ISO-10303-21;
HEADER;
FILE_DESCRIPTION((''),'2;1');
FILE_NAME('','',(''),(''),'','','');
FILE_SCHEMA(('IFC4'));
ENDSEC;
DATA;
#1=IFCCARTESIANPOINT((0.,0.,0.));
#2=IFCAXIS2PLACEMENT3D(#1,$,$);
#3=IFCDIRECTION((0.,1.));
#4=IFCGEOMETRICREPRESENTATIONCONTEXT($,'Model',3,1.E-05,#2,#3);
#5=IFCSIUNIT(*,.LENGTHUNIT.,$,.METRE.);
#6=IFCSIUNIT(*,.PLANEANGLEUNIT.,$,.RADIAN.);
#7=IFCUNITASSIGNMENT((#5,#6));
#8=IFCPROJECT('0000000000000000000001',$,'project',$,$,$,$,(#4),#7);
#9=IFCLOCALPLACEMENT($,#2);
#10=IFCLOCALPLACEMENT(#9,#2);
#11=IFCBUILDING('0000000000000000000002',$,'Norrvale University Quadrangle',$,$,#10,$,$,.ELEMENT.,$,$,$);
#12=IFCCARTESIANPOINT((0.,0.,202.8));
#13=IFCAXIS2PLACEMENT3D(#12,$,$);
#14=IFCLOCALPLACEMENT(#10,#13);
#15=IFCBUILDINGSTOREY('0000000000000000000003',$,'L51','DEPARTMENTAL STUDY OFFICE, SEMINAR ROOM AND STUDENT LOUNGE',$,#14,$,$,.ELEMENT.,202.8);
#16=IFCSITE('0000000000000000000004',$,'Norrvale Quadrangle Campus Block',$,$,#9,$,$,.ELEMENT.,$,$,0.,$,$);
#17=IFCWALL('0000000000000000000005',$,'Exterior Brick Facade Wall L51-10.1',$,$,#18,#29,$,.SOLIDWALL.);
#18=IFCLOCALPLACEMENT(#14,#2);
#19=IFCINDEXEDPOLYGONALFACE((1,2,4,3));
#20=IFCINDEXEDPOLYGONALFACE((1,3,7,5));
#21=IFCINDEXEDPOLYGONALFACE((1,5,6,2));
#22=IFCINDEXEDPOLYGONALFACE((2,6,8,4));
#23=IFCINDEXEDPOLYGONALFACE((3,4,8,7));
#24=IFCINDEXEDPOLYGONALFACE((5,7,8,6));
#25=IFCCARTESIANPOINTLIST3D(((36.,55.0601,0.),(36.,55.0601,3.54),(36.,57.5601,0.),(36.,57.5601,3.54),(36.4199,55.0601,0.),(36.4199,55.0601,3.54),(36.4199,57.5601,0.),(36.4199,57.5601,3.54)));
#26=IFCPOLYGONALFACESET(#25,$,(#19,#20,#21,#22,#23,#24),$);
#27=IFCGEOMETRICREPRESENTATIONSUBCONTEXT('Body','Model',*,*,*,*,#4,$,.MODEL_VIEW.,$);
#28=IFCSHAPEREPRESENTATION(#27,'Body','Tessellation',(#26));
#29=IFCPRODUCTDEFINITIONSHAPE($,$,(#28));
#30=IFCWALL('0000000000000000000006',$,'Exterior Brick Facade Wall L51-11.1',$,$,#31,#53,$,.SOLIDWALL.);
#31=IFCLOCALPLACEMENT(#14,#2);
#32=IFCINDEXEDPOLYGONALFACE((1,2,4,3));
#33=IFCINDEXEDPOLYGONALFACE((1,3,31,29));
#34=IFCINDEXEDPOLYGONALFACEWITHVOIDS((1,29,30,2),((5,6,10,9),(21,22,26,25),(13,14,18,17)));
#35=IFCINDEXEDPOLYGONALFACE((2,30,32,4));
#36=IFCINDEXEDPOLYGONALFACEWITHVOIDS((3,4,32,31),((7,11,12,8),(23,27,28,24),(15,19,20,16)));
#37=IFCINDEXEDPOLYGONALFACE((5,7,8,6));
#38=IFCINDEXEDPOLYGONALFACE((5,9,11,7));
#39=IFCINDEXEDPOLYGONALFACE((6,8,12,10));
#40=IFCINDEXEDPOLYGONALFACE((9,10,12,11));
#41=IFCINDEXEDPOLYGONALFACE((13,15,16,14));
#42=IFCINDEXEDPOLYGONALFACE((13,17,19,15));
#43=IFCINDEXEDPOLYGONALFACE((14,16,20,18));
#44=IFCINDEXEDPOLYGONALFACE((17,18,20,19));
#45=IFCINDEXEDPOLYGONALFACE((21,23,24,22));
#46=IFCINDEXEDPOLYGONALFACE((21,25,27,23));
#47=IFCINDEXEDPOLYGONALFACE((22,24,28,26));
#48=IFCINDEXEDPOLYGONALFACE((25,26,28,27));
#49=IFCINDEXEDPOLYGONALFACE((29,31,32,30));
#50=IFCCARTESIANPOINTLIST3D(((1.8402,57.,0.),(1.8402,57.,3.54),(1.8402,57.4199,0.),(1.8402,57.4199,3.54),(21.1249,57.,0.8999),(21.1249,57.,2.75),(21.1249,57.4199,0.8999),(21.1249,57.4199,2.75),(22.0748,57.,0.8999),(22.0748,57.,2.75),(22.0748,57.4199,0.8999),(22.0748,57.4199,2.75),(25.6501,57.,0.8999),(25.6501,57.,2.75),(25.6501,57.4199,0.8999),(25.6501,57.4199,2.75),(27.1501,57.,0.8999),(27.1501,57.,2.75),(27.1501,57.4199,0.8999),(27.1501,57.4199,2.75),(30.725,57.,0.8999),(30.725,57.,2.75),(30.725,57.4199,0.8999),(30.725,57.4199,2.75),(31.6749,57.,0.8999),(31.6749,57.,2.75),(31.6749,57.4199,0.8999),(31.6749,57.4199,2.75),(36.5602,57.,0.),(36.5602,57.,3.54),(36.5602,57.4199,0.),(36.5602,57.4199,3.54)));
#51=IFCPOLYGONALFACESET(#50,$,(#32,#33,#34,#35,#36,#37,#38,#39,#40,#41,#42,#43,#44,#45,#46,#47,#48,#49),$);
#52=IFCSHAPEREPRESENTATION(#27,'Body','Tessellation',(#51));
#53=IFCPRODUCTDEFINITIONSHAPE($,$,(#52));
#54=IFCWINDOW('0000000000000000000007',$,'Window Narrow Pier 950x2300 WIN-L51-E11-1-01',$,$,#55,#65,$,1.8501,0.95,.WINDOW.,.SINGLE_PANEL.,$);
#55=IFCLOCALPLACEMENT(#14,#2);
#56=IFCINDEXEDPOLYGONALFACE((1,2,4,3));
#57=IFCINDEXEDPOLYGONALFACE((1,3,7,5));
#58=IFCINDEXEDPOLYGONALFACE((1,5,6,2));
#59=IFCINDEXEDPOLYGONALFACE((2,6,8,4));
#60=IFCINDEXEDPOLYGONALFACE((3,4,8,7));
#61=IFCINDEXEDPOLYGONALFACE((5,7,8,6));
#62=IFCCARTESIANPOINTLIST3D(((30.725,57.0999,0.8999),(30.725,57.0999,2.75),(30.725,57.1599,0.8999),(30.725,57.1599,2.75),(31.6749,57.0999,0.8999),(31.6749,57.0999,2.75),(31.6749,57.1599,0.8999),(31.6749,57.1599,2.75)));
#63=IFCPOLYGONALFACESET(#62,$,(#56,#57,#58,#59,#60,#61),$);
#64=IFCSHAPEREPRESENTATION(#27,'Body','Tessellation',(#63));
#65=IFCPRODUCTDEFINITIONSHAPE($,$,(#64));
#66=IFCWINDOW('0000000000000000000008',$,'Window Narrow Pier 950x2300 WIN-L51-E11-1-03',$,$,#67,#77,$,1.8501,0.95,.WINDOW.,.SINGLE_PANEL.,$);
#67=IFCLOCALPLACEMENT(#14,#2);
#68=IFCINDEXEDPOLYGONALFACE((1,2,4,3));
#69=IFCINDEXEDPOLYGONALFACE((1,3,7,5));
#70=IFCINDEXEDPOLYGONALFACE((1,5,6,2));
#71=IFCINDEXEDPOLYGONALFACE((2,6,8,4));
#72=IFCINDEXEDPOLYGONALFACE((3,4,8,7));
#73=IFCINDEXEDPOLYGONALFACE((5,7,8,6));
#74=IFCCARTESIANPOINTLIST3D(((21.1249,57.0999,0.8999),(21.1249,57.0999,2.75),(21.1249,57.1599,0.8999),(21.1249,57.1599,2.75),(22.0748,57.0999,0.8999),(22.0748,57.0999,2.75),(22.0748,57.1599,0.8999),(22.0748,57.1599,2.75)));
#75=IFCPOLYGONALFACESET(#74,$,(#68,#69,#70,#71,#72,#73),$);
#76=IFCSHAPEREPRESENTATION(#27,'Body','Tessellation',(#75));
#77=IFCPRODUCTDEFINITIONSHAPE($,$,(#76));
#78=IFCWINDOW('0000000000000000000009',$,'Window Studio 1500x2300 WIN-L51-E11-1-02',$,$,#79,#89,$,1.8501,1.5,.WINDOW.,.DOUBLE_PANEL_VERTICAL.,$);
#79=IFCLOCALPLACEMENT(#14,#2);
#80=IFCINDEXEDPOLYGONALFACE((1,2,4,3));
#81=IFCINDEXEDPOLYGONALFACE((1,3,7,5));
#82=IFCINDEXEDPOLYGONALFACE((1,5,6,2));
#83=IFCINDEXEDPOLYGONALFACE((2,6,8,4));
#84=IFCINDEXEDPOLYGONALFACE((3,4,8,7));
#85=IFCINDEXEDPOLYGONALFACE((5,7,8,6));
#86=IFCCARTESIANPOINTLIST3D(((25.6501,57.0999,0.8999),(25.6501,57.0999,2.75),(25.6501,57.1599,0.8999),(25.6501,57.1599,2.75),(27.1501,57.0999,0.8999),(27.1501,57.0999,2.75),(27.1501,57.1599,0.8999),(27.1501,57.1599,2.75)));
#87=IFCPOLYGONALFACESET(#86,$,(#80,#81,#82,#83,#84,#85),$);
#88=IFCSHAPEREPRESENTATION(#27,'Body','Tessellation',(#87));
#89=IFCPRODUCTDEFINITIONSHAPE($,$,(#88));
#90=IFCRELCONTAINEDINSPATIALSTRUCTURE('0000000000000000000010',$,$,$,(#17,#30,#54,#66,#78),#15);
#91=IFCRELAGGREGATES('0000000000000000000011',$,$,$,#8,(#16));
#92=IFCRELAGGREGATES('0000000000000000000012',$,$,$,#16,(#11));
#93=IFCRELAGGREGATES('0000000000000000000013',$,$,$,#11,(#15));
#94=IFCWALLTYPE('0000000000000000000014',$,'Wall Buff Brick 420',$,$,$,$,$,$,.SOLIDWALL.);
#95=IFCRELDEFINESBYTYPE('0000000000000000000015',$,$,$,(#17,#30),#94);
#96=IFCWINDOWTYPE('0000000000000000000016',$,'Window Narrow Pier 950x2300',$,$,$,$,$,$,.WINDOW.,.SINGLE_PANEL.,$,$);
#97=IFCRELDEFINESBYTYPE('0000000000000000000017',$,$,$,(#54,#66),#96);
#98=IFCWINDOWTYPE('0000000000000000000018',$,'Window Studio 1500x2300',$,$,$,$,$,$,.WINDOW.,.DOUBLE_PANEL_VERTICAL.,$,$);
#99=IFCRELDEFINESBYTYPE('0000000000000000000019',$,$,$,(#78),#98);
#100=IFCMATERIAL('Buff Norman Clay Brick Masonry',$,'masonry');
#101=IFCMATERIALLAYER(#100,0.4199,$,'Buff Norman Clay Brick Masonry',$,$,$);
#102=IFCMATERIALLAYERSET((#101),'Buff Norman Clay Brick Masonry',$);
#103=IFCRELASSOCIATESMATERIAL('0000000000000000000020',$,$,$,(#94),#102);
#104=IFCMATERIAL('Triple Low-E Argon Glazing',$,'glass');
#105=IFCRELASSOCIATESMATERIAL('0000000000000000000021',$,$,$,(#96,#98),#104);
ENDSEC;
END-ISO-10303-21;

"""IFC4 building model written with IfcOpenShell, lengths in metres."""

from ifc_helpers import new_model, si_unit, direction, frame, frame_2d, origin, place, context, subcontext, project, spatial, rectangle, extrude, material, layer, layer_set, type_object, element, fill, save


model = new_model("IFC4")

# Units and contexts
model_context = context("Model", 3, precision=1e-05, world=origin(), true_north=direction((0.0, 1.0)))
body_context = subcontext(model_context, "Body", "Model", "MODEL_VIEW")
ifc_project = project(units=[si_unit("LENGTHUNIT", "METRE"), si_unit("PLANEANGLEUNIT", "RADIAN")], contexts=[model_context])

# Site, building, storey
site_placement = place(None, origin())
site = spatial("IfcSite", under=ifc_project, at=site_placement, Name="Norrvale Quadrangle Campus Block", CompositionType="ELEMENT", RefElevation=0.0)
building_placement = place(site_placement, origin())
building = spatial("IfcBuilding", under=site, at=building_placement, Name="Norrvale University Quadrangle", CompositionType="ELEMENT")
storey_placement = place(building_placement, frame((0.0, 0.0, 202.8)))
storey = spatial("IfcBuildingStorey", under=building, at=storey_placement, Name="L51", Description="DEPARTMENTAL STUDY OFFICE, SEMINAR ROOM AND STUDENT LOUNGE", CompositionType="ELEMENT", Elevation=202.8)

# Shared definitions
ifc_material_1 = material(Name="Buff Norman Clay Brick Masonry", Category="masonry")
ifc_layer = layer(ifc_material_1, 0.4199, Name="Buff Norman Clay Brick Masonry")
ifc_layer_set = layer_set([ifc_layer], Name="Buff Norman Clay Brick Masonry")
wall_type = type_object("IfcWallType", Name="Wall Buff Brick 420", PredefinedType="SOLIDWALL", material=ifc_layer_set)

# Shared definitions
ifc_material_2 = material(Name="Triple Low-E Argon Glazing", Category="glass")

# Wall
for number, where, z_axis, x_axis, name in (
    (1, (36.21, 55.0601, 0.0), (0.0, 0.0, 1.0), (0.0, 1.0, 0.0), "Exterior Brick Facade Wall L51-10.1"),
):
    element("IfcWall", number, at=place(storey_placement, frame(where, z_axis=z_axis, x_axis=x_axis)), inside=storey, type_object=wall_type, Name=name, PredefinedType="SOLIDWALL", context=body_context, shape_type="SweptSolid", body=[
        extrude(rectangle(XDim=2.5, YDim=0.4199, at=frame_2d((1.25, 0.0))), origin(), (0.0, 0.0, 1.0), 3.54),
    ])

# Wall, openings, windows
wall_1_placement = place(storey_placement, frame((36.5601, 57.21, 0.0), z_axis=(0.0, 0.0, 1.0), x_axis=(-1.0, 0.0, 0.0)))
wall_1 = element("IfcWall", 2, at=wall_1_placement, inside=storey, type_object=wall_type, Name="Exterior Brick Facade Wall L51-11.1", PredefinedType="SOLIDWALL", context=body_context, shape_type="SweptSolid", body=[
    extrude(rectangle(XDim=34.72, YDim=0.4199, at=frame_2d((17.3599, 0.0))), origin(), (0.0, 0.0, 1.0), 3.54),
])
opening_1_placement = place(wall_1_placement, frame((4.885, 0.0, 0.8999)))
opening_1 = element("IfcOpeningElement", 3, at=opening_1_placement, cuts=wall_1, PredefinedType="OPENING", context=body_context, shape_type="SweptSolid", body=[
    extrude(rectangle(XDim=0.95, YDim=1.8501, at=frame_2d((0.4751, 0.925))), frame((0.0, 0.2219, 0.0), z_axis=(0.0, -1.0, 0.0), x_axis=(1.0, 0.0, 0.0)), (0.0, 0.0, 1.0), 0.4438),
])
opening_2_placement = place(wall_1_placement, frame((9.4099, 0.0, 0.8999)))
opening_2 = element("IfcOpeningElement", 4, at=opening_2_placement, cuts=wall_1, PredefinedType="OPENING", context=body_context, shape_type="SweptSolid", body=[
    extrude(rectangle(XDim=1.5, YDim=1.8501, at=frame_2d((0.75, 0.925))), frame((0.0, 0.2219, 0.0), z_axis=(0.0, -1.0, 0.0), x_axis=(1.0, 0.0, 0.0)), (0.0, 0.0, 1.0), 0.4438),
])
opening_3_placement = place(wall_1_placement, frame((14.4851, 0.0, 0.8999)))
opening_3 = element("IfcOpeningElement", 5, at=opening_3_placement, cuts=wall_1, PredefinedType="OPENING", context=body_context, shape_type="SweptSolid", body=[
    extrude(rectangle(XDim=0.95, YDim=1.8501, at=frame_2d((0.4751, 0.925))), frame((0.0, 0.2219, 0.0), z_axis=(0.0, -1.0, 0.0), x_axis=(1.0, 0.0, 0.0)), (0.0, 0.0, 1.0), 0.4438),
])
window_type_1 = type_object("IfcWindowType", Name="Window Narrow Pier 950x2300", PartitioningType="SINGLE_PANEL", PredefinedType="WINDOW", material=ifc_material_2)
window_1_placement = place(opening_1_placement, origin())
window_1 = element("IfcWindow", 6, at=window_1_placement, inside=storey, type_object=window_type_1, Name="Window Narrow Pier 950x2300 WIN-L51-E11-1-01", OverallHeight=1.8501, OverallWidth=0.95, PartitioningType="SINGLE_PANEL", PredefinedType="WINDOW", context=body_context, shape_type="SweptSolid", body=[
    extrude(rectangle(XDim=0.95, YDim=1.8501, at=frame_2d((0.4751, 0.925))), frame((0.0, 0.1101, 0.0), z_axis=(0.0, -1.0, 0.0), x_axis=(1.0, 0.0, 0.0)), (0.0, 0.0, 1.0), 0.0601),
])
fill(opening_1, window_1)
window_2_placement = place(opening_3_placement, origin())
window_2 = element("IfcWindow", 7, at=window_2_placement, inside=storey, type_object=window_type_1, Name="Window Narrow Pier 950x2300 WIN-L51-E11-1-03", OverallHeight=1.8501, OverallWidth=0.95, PartitioningType="SINGLE_PANEL", PredefinedType="WINDOW", context=body_context, shape_type="SweptSolid", body=[
    extrude(rectangle(XDim=0.95, YDim=1.8501, at=frame_2d((0.4751, 0.925))), frame((0.0, 0.1101, 0.0), z_axis=(0.0, -1.0, 0.0), x_axis=(1.0, 0.0, 0.0)), (0.0, 0.0, 1.0), 0.0601),
])
fill(opening_3, window_2)
window_type_2 = type_object("IfcWindowType", Name="Window Studio 1500x2300", PartitioningType="DOUBLE_PANEL_VERTICAL", PredefinedType="WINDOW", material=ifc_material_2)
window_3_placement = place(opening_2_placement, origin())
window_3 = element("IfcWindow", 8, at=window_3_placement, inside=storey, type_object=window_type_2, Name="Window Studio 1500x2300 WIN-L51-E11-1-02", OverallHeight=1.8501, OverallWidth=1.5, PartitioningType="DOUBLE_PANEL_VERTICAL", PredefinedType="WINDOW", context=body_context, shape_type="SweptSolid", body=[
    extrude(rectangle(XDim=1.5, YDim=1.8501, at=frame_2d((0.75, 0.925))), frame((0.0, 0.1101, 0.0), z_axis=(0.0, -1.0, 0.0), x_axis=(1.0, 0.0, 0.0)), (0.0, 0.0, 1.0), 0.0601),
])
fill(opening_2, window_3)

save(model, "model.ifc")
